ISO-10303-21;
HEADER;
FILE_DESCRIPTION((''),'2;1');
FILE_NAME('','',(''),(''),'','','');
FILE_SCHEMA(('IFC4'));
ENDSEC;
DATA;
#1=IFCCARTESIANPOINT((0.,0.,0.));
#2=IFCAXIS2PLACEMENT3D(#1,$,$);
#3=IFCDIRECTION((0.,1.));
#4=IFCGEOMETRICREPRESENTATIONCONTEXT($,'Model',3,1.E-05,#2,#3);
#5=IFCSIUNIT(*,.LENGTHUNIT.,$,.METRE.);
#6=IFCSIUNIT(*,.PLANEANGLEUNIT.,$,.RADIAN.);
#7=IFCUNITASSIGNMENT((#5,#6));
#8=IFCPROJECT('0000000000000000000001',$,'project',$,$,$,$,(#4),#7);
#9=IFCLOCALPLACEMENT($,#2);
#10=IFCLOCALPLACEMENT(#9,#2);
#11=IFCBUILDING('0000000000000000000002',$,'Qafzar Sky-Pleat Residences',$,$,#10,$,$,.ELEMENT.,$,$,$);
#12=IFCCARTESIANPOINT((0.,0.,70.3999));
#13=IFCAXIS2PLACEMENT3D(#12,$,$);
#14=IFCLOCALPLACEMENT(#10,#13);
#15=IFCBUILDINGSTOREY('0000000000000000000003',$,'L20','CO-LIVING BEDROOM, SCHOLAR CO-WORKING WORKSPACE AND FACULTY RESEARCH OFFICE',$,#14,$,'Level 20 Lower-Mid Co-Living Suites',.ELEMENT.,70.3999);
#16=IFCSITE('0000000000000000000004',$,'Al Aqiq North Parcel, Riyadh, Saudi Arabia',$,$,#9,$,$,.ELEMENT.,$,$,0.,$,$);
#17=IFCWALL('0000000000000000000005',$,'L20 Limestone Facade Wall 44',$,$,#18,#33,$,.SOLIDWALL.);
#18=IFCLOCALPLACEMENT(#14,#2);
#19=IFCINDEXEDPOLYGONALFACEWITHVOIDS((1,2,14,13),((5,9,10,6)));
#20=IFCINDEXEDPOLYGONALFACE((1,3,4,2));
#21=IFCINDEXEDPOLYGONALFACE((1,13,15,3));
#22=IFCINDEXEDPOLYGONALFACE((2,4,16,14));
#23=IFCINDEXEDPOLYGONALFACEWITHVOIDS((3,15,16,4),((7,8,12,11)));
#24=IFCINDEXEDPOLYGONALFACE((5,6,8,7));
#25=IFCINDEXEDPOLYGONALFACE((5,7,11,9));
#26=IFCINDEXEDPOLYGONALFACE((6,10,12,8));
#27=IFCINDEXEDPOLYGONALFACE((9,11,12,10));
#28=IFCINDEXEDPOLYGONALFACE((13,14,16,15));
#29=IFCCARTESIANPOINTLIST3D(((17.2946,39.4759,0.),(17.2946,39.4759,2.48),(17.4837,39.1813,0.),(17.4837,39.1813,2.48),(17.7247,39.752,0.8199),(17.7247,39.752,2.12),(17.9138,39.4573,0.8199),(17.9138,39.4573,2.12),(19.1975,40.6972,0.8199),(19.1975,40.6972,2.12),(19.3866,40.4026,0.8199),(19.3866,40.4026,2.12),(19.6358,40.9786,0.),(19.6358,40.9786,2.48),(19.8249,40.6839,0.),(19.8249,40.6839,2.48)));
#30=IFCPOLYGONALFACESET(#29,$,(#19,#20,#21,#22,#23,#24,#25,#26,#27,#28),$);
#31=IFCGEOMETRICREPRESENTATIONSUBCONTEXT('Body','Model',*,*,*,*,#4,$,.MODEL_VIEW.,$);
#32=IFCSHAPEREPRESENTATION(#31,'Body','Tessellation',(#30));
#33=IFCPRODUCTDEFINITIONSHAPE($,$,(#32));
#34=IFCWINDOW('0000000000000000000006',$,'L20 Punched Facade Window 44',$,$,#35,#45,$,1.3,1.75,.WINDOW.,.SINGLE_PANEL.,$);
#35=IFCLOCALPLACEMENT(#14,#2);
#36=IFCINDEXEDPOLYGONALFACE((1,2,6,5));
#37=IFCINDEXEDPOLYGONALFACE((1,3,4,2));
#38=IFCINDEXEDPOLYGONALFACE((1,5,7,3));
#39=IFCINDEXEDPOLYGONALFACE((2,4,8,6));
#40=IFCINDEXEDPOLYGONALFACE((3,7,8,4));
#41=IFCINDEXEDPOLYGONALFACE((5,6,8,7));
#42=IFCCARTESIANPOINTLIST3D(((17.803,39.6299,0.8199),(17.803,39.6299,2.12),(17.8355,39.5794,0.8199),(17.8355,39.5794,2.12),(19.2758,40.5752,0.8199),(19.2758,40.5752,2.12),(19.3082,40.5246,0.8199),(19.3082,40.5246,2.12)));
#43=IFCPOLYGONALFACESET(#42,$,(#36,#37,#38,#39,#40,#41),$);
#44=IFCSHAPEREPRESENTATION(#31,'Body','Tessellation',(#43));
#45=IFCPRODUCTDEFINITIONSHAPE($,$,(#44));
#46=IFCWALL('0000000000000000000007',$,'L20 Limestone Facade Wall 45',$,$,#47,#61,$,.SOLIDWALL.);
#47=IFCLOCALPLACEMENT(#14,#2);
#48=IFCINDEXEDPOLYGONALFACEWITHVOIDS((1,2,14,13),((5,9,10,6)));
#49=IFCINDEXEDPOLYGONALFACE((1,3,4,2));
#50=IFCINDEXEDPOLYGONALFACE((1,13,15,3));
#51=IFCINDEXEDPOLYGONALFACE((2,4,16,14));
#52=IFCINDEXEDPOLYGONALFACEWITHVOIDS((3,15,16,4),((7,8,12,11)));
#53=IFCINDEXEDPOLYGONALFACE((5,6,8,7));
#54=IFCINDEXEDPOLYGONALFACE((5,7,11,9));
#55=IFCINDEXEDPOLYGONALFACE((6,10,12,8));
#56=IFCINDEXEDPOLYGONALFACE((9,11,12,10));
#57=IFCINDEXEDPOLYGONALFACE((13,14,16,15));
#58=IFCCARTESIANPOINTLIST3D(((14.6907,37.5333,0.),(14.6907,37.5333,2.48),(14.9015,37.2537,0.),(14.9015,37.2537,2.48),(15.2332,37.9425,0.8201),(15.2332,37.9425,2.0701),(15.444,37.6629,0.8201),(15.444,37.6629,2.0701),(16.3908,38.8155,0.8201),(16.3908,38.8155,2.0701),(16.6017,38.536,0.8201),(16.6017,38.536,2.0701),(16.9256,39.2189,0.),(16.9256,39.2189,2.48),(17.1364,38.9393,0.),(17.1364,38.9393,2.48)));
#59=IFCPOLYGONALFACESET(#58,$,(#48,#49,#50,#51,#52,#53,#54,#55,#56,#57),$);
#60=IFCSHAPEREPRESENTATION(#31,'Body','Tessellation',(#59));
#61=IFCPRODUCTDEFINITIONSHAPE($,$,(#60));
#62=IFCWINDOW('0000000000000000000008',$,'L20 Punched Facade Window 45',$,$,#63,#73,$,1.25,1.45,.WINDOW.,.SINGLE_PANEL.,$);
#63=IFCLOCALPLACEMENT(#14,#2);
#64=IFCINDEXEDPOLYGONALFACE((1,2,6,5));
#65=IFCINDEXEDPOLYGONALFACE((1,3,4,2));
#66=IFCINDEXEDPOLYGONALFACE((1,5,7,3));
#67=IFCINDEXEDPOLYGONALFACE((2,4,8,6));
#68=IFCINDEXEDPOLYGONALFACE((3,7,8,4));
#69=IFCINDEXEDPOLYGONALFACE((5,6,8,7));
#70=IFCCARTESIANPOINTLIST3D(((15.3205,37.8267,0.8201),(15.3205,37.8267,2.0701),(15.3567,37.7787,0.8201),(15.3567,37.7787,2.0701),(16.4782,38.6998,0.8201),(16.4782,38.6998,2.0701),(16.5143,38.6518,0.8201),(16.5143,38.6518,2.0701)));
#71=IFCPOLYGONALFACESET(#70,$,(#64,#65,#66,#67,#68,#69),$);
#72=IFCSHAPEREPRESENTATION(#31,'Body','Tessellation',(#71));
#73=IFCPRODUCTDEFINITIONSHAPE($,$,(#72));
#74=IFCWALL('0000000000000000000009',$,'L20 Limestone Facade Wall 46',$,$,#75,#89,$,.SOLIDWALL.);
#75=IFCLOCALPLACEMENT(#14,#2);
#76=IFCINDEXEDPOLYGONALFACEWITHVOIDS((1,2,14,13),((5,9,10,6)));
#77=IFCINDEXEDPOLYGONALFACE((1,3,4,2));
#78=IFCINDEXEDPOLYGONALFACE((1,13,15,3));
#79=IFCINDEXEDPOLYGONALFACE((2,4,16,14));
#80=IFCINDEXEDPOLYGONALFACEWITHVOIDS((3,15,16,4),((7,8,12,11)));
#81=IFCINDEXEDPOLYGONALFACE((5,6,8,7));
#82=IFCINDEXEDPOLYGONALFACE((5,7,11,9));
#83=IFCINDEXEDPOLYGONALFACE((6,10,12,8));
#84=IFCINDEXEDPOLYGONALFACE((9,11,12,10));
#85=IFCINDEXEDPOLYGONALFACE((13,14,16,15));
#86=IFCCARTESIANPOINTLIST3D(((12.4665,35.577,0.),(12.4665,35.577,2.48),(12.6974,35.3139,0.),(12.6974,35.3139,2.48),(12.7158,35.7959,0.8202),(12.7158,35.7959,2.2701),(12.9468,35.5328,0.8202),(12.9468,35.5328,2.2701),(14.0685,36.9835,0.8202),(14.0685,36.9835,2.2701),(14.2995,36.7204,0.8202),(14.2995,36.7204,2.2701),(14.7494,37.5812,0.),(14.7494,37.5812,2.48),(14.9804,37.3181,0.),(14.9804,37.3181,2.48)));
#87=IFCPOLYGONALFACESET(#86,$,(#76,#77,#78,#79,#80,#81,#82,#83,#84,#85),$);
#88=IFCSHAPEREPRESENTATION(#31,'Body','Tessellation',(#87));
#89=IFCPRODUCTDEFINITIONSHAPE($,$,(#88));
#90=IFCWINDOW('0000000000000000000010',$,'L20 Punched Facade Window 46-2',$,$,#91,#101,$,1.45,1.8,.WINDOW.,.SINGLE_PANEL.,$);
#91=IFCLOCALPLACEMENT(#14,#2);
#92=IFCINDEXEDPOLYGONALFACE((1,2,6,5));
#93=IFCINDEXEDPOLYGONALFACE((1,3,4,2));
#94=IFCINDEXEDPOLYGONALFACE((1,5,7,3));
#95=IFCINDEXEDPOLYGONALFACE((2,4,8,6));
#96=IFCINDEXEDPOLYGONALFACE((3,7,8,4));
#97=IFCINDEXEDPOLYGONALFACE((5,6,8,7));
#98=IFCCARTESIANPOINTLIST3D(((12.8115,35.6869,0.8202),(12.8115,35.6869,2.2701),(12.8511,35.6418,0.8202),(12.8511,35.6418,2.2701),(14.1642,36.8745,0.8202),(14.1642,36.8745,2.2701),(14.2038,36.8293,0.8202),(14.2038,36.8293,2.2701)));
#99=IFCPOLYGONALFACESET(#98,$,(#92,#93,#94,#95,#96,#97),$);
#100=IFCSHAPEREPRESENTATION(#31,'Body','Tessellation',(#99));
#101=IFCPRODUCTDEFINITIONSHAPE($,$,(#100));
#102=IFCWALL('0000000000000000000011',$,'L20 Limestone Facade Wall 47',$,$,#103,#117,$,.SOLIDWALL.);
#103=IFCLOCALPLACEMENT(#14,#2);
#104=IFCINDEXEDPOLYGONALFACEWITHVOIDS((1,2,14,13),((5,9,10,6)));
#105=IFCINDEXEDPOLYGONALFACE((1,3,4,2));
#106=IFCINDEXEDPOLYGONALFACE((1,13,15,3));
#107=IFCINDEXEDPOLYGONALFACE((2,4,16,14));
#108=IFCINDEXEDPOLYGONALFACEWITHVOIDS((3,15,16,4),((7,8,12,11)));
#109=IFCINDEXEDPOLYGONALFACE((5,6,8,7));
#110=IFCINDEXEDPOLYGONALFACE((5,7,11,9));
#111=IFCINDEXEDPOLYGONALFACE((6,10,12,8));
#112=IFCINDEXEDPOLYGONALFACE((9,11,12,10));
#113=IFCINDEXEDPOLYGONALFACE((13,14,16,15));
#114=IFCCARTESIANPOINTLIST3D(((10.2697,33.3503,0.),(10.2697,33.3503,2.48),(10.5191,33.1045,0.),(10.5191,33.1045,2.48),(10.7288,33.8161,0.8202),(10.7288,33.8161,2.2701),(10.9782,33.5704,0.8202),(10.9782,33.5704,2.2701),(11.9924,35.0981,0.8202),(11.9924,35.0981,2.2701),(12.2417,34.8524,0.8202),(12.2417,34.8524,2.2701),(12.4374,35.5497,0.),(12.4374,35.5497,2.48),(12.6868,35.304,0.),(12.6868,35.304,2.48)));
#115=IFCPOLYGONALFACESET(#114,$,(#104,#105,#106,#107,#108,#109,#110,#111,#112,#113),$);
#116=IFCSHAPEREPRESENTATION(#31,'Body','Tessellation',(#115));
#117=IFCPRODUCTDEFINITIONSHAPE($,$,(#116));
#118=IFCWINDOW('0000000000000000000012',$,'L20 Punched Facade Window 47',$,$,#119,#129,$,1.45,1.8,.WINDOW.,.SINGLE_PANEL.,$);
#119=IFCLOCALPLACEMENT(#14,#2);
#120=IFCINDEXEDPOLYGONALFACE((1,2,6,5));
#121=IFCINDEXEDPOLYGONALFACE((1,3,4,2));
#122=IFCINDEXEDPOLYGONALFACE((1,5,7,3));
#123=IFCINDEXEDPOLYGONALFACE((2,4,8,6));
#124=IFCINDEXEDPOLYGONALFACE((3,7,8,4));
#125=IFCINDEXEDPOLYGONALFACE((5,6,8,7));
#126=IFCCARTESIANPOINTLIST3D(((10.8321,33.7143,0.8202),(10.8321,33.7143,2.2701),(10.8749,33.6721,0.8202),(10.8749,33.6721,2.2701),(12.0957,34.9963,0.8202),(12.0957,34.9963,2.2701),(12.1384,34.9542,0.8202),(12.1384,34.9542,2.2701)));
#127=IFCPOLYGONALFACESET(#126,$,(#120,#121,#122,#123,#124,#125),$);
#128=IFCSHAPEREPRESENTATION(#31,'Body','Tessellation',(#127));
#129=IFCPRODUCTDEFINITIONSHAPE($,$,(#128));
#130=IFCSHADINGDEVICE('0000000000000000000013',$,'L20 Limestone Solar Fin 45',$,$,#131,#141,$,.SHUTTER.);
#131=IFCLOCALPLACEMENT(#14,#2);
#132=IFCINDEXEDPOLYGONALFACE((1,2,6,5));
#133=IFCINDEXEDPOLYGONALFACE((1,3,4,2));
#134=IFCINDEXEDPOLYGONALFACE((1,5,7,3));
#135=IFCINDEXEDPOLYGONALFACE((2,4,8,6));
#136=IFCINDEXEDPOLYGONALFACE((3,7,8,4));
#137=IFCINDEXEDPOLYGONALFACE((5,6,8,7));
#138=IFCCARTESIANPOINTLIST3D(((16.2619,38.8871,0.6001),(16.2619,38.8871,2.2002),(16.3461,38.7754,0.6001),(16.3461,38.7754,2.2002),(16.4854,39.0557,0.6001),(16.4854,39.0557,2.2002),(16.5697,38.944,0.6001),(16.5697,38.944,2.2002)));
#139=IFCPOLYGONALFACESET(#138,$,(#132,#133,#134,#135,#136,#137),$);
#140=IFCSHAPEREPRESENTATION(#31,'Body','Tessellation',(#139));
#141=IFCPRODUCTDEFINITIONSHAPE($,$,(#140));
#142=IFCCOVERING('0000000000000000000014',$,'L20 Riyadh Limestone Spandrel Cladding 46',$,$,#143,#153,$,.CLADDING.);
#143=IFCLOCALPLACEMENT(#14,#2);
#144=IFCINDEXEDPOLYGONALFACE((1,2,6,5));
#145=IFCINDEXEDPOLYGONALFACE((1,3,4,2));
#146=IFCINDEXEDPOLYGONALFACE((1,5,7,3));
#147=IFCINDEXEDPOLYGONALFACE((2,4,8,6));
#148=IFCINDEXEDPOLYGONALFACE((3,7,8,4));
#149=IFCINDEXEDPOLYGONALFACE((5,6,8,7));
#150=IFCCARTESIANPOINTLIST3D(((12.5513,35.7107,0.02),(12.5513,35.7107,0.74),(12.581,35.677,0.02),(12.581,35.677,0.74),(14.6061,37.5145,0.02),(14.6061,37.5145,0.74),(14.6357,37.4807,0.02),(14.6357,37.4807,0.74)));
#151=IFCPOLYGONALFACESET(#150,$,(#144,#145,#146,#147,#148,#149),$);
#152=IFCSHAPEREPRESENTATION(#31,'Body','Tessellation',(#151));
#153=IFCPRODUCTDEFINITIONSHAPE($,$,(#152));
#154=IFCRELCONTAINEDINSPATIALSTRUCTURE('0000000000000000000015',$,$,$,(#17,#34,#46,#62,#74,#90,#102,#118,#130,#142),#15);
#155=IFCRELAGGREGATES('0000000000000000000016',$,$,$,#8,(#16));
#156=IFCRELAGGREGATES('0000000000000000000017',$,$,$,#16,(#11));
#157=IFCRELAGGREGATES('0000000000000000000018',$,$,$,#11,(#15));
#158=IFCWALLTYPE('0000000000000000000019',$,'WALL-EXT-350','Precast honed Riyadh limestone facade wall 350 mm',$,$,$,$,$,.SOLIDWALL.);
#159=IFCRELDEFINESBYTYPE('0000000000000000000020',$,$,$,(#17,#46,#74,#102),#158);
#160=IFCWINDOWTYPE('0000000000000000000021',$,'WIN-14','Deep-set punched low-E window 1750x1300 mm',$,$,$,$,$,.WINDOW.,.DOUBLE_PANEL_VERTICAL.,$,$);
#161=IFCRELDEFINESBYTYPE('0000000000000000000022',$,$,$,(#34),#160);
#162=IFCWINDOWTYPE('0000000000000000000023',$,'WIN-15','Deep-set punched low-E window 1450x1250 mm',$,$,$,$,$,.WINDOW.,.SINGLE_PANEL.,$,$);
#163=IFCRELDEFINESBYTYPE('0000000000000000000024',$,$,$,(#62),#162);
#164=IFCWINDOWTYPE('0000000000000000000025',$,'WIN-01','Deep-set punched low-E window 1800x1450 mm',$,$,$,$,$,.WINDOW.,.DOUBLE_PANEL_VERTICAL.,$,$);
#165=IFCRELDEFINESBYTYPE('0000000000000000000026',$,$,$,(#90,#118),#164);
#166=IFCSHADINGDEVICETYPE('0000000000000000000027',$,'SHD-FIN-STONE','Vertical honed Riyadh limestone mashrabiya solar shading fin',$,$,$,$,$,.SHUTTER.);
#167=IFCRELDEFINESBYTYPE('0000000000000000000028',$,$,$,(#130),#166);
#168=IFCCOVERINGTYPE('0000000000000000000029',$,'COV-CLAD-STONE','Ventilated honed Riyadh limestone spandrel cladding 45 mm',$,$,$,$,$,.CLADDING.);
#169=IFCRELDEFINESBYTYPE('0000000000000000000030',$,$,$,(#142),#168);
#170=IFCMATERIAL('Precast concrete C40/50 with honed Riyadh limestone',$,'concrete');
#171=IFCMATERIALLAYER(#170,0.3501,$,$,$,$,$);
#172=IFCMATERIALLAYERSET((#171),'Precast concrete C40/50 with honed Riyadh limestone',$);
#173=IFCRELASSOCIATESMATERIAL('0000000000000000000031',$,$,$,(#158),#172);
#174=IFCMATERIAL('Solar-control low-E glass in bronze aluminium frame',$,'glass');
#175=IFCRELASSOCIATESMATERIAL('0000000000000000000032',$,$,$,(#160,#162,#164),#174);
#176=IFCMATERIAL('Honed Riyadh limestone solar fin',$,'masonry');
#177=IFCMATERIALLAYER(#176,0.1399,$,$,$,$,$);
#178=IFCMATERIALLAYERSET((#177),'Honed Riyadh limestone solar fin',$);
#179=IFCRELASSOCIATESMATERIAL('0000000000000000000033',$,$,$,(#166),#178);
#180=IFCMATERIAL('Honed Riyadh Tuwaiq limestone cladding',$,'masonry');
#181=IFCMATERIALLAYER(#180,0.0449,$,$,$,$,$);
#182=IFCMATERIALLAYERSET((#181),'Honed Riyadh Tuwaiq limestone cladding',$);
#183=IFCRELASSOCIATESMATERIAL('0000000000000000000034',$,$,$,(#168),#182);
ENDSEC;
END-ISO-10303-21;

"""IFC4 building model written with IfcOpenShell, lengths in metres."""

from ifc_helpers import new_model, si_unit, direction, frame, frame_2d, origin, origin_2d, place, context, subcontext, project, spatial, rectangle, extrude, source, transform, mapped, material, layer, layer_set, type_object, element, fill, save


model = new_model("IFC4")

# Units and contexts
model_context = context("Model", 3, precision=1e-05, world=origin(), true_north=direction((0.0, 1.0)))
body_context = subcontext(model_context, "Body", "Model", "MODEL_VIEW")
ifc_project = project(units=[si_unit("LENGTHUNIT", "METRE"), si_unit("PLANEANGLEUNIT", "RADIAN")], contexts=[model_context])

# Site, building, storey
site_placement = place(None, origin())
site = spatial("IfcSite", under=ifc_project, at=site_placement, Name="Al Aqiq North Parcel, Riyadh, Saudi Arabia", CompositionType="ELEMENT", RefElevation=0.0)
building_placement = place(site_placement, origin())
building = spatial("IfcBuilding", under=site, at=building_placement, Name="Qafzar Sky-Pleat Residences", CompositionType="ELEMENT")
storey_placement = place(building_placement, frame((0.0, 0.0, 70.3999)))
storey = spatial("IfcBuildingStorey", under=building, at=storey_placement, Name="L20", Description="CO-LIVING BEDROOM, SCHOLAR CO-WORKING WORKSPACE AND FACULTY RESEARCH OFFICE", LongName="Level 20 Lower-Mid Co-Living Suites", CompositionType="ELEMENT", Elevation=70.3999)

# Walls, openings, windows
ifc_material_1 = material(Name="Precast concrete C40/50 with honed Riyadh limestone", Category="concrete")
ifc_layer_1 = layer(ifc_material_1, 0.3501)
ifc_layer_set_1 = layer_set([ifc_layer_1], Name="Precast concrete C40/50 with honed Riyadh limestone")
wall_type_1 = type_object("IfcWallType", Name="WALL-EXT-350", Description="Precast honed Riyadh limestone facade wall 350 mm", PredefinedType="SOLIDWALL", material=ifc_layer_set_1)
wall_1_placement = place(storey_placement, frame((19.7305, 40.8313, 0.0), z_axis=(0.0, 0.0, 1.0), x_axis=(-0.841577, -0.540137, 0.0)))
wall_1 = element("IfcWall", 1, at=wall_1_placement, inside=storey, type_object=wall_type_1, Name="L20 Limestone Facade Wall 44", PredefinedType="SOLIDWALL", context=body_context, shape_type="SweptSolid", body=[
    extrude(rectangle(XDim=2.782, YDim=0.3501, at=frame_2d((1.3911, 0.0))), origin(), (0.0, 0.0, 1.0), 2.48),
])
opening_1_placement = place(wall_1_placement, frame((0.521, 0.0, 0.8201)))
opening_1 = element("IfcOpeningElement", 2, at=opening_1_placement, cuts=wall_1, PredefinedType="OPENING", context=body_context, shape_type="SweptSolid", body=[
    extrude(rectangle(XDim=1.75, YDim=1.3, at=frame_2d((0.875, 0.6499))), frame((0.0, 0.1851, 0.0), z_axis=(0.0, -1.0, 0.0), x_axis=(1.0, 0.0, 0.0)), (0.0, 0.0, 1.0), 0.3701),
])
ifc_material_2 = material(Name="Solar-control low-E glass in bronze aluminium frame", Category="glass")
window_type_1 = type_object("IfcWindowType", Name="WIN-14", Description="Deep-set punched low-E window 1750x1300 mm", PartitioningType="DOUBLE_PANEL_VERTICAL", PredefinedType="WINDOW", material=ifc_material_2)
shared_shape_1 = source(origin(), body_context, "Body", "SweptSolid", [
    extrude(rectangle(XDim=1.75, YDim=1.3, at=frame_2d((0.875, 0.6499))), frame((0.0, 0.03, 0.0), z_axis=(0.0, -1.0, 0.0), x_axis=(1.0, 0.0, 0.0)), (0.0, 0.0, 1.0), 0.0601),
])
window_1_placement = place(opening_1_placement, origin())
window_1 = element("IfcWindow", 3, at=window_1_placement, inside=storey, type_object=window_type_1, Name="L20 Punched Facade Window 44", OverallHeight=1.3, OverallWidth=1.75, PartitioningType="SINGLE_PANEL", PredefinedType="WINDOW", context=body_context, shape_type="MappedRepresentation", body=[
    mapped(shared_shape_1, transform((0.0, 0.0, 0.0), x_axis=(1.0, 0.0, 0.0), y_axis=(0.0, 1.0, 0.0), z_axis=(0.0, 0.0, 1.0), scale=1.0)),
])
fill(opening_1, window_1)
wall_2_placement = place(storey_placement, frame((17.031, 39.0791, 0.0), z_axis=(0.0, 0.0, 1.0), x_axis=(-0.798385, -0.602147, 0.0)))
wall_2 = element("IfcWall", 4, at=wall_2_placement, inside=storey, type_object=wall_type_1, Name="L20 Limestone Facade Wall 45", PredefinedType="SOLIDWALL", context=body_context, shape_type="SweptSolid", body=[
    extrude(rectangle(XDim=2.7993, YDim=0.3501, at=frame_2d((1.3997, 0.0))), origin(), (0.0, 0.0, 1.0), 2.48),
])
opening_2_placement = place(wall_2_placement, frame((0.6697, 0.0, 0.8201)))
opening_2 = element("IfcOpeningElement", 5, at=opening_2_placement, cuts=wall_2, PredefinedType="OPENING", context=body_context, shape_type="SweptSolid", body=[
    extrude(rectangle(XDim=1.45, YDim=1.25, at=frame_2d((0.7251, 0.625))), frame((0.0, 0.1851, 0.0), z_axis=(0.0, -1.0, 0.0), x_axis=(1.0, 0.0, 0.0)), (0.0, 0.0, 1.0), 0.3701),
])
window_type_2 = type_object("IfcWindowType", Name="WIN-15", Description="Deep-set punched low-E window 1450x1250 mm", PartitioningType="SINGLE_PANEL", PredefinedType="WINDOW", material=ifc_material_2)
shared_shape_2 = source(origin(), body_context, "Body", "SweptSolid", [
    extrude(rectangle(XDim=1.45, YDim=1.25, at=frame_2d((0.7251, 0.625))), frame((0.0, 0.03, 0.0), z_axis=(0.0, -1.0, 0.0), x_axis=(1.0, 0.0, 0.0)), (0.0, 0.0, 1.0), 0.0601),
])
window_2_placement = place(opening_2_placement, origin())
window_2 = element("IfcWindow", 6, at=window_2_placement, inside=storey, type_object=window_type_2, Name="L20 Punched Facade Window 45", OverallHeight=1.25, OverallWidth=1.45, PartitioningType="SINGLE_PANEL", PredefinedType="WINDOW", context=body_context, shape_type="MappedRepresentation", body=[
    mapped(shared_shape_2, transform((0.0, 0.0, 0.0), x_axis=(1.0, 0.0, 0.0), y_axis=(0.0, 1.0, 0.0), z_axis=(0.0, 0.0, 1.0), scale=1.0)),
])
fill(opening_2, window_2)
wall_3_placement = place(storey_placement, frame((14.865, 37.4497, 0.0), z_axis=(0.0, 0.0, 1.0), x_axis=(-0.751505, -0.659727, 0.0)))
wall_3 = element("IfcWall", 7, at=wall_3_placement, inside=storey, type_object=wall_type_1, Name="L20 Limestone Facade Wall 46", PredefinedType="SOLIDWALL", context=body_context, shape_type="SweptSolid", body=[
    extrude(rectangle(XDim=3.0378, YDim=0.3501, at=frame_2d((1.519, 0.0))), origin(), (0.0, 0.0, 1.0), 2.48),
])
opening_3_placement = place(wall_3_placement, frame((0.9062, 0.0, 0.8201)))
opening_3 = element("IfcOpeningElement", 8, at=opening_3_placement, cuts=wall_3, PredefinedType="OPENING", context=body_context, shape_type="SweptSolid", body=[
    extrude(rectangle(XDim=1.8, YDim=1.45, at=frame_2d((0.8999, 0.7251))), frame((0.0, 0.1851, 0.0), z_axis=(0.0, -1.0, 0.0), x_axis=(1.0, 0.0, 0.0)), (0.0, 0.0, 1.0), 0.3701),
])
window_type_3 = type_object("IfcWindowType", Name="WIN-01", Description="Deep-set punched low-E window 1800x1450 mm", PartitioningType="DOUBLE_PANEL_VERTICAL", PredefinedType="WINDOW", material=ifc_material_2)
shared_shape_3 = source(origin(), body_context, "Body", "SweptSolid", [
    extrude(rectangle(XDim=1.8, YDim=1.45, at=frame_2d((0.8999, 0.7251))), frame((0.0, 0.03, 0.0), z_axis=(0.0, -1.0, 0.0), x_axis=(1.0, 0.0, 0.0)), (0.0, 0.0, 1.0), 0.0601),
])
window_3_placement = place(opening_3_placement, origin())
window_3 = element("IfcWindow", 9, at=window_3_placement, inside=storey, type_object=window_type_3, Name="L20 Punched Facade Window 46-2", OverallHeight=1.45, OverallWidth=1.8, PartitioningType="SINGLE_PANEL", PredefinedType="WINDOW", context=body_context, shape_type="MappedRepresentation", body=[
    mapped(shared_shape_3, transform((0.0, 0.0, 0.0), x_axis=(1.0, 0.0, 0.0), y_axis=(0.0, 1.0, 0.0), z_axis=(0.0, 0.0, 1.0), scale=1.0)),
])
fill(opening_3, window_3)
wall_4_placement = place(storey_placement, frame((12.562, 35.4268, 0.0), z_axis=(0.0, 0.0, 1.0), x_axis=(-0.701949, -0.712227, 0.0)))
wall_4 = element("IfcWall", 10, at=wall_4_placement, inside=storey, type_object=wall_type_1, Name="L20 Limestone Facade Wall 47", PredefinedType="SOLIDWALL", context=body_context, shape_type="SweptSolid", body=[
    extrude(rectangle(XDim=3.0881, YDim=0.3501, at=frame_2d((1.5439, 0.0))), origin(), (0.0, 0.0, 1.0), 2.48),
])
opening_4_placement = place(wall_4_placement, frame((0.634, 0.0, 0.8201)))
opening_4 = element("IfcOpeningElement", 11, at=opening_4_placement, cuts=wall_4, PredefinedType="OPENING", context=body_context, shape_type="SweptSolid", body=[
    extrude(rectangle(XDim=1.8, YDim=1.45, at=frame_2d((0.8999, 0.7251))), frame((0.0, 0.1851, 0.0), z_axis=(0.0, -1.0, 0.0), x_axis=(1.0, 0.0, 0.0)), (0.0, 0.0, 1.0), 0.3701),
])
window_4_placement = place(opening_4_placement, origin())
window_4 = element("IfcWindow", 12, at=window_4_placement, inside=storey, type_object=window_type_3, Name="L20 Punched Facade Window 47", OverallHeight=1.45, OverallWidth=1.8, PartitioningType="SINGLE_PANEL", PredefinedType="WINDOW", context=body_context, shape_type="MappedRepresentation", body=[
    mapped(shared_shape_3, transform((0.0, 0.0, 0.0), x_axis=(1.0, 0.0, 0.0), y_axis=(0.0, 1.0, 0.0), z_axis=(0.0, 0.0, 1.0), scale=1.0)),
])
fill(opening_4, window_4)

# Shading device
ifc_material_3 = material(Name="Honed Riyadh limestone solar fin", Category="masonry")
ifc_layer_2 = layer(ifc_material_3, 0.1399)
ifc_layer_set_2 = layer_set([ifc_layer_2], Name="Honed Riyadh limestone solar fin")
shading_device_type = type_object("IfcShadingDeviceType", Name="SHD-FIN-STONE", Description="Vertical honed Riyadh limestone mashrabiya solar shading fin", PredefinedType="SHUTTER", material=ifc_layer_set_2)
shared_shape_4 = source(origin(), body_context, "Body", "SweptSolid", [
    extrude(rectangle(XDim=0.1399, YDim=0.28, at=origin_2d()), origin(), (0.0, 0.0, 1.0), 1.6001),
])
shading_device_placement = place(storey_placement, frame((16.4158, 38.9155, 0.6001), z_axis=(0.0, 0.0, 1.0), x_axis=(-0.602146, 0.798386, 0.0)))
element("IfcShadingDevice", 13, at=shading_device_placement, inside=storey, type_object=shading_device_type, Name="L20 Limestone Solar Fin 45", PredefinedType="SHUTTER", context=body_context, shape_type="MappedRepresentation", body=[
    mapped(shared_shape_4, transform((0.0, 0.0, 0.0), x_axis=(1.0, 0.0, 0.0), y_axis=(0.0, 1.0, 0.0), z_axis=(0.0, 0.0, 1.0), scale=1.0)),
])

# Covering
ifc_material_4 = material(Name="Honed Riyadh Tuwaiq limestone cladding", Category="masonry")
ifc_layer_3 = layer(ifc_material_4, 0.0449)
ifc_layer_set_3 = layer_set([ifc_layer_3], Name="Honed Riyadh Tuwaiq limestone cladding")
covering_type = type_object("IfcCoveringType", Name="COV-CLAD-STONE", Description="Ventilated honed Riyadh limestone spandrel cladding 45 mm", PredefinedType="CLADDING", material=ifc_layer_set_3)
shared_shape_5 = source(origin(), body_context, "Body", "SweptSolid", [
    extrude(rectangle(XDim=2.7341, YDim=0.0449, at=origin_2d()), origin(), (0.0, 0.0, 1.0), 0.72),
])
covering_placement = place(storey_placement, frame((13.5935, 36.5957, 0.02), z_axis=(0.0, 0.0, 1.0), x_axis=(-0.751517, -0.659713, 0.0)))
element("IfcCovering", 14, at=covering_placement, inside=storey, type_object=covering_type, Name="L20 Riyadh Limestone Spandrel Cladding 46", PredefinedType="CLADDING", context=body_context, shape_type="MappedRepresentation", body=[
    mapped(shared_shape_5, transform((0.0, 0.0, 0.0), x_axis=(1.0, 0.0, 0.0), y_axis=(0.0, 1.0, 0.0), z_axis=(0.0, 0.0, 1.0), scale=1.0)),
])

save(model, "model.ifc")
